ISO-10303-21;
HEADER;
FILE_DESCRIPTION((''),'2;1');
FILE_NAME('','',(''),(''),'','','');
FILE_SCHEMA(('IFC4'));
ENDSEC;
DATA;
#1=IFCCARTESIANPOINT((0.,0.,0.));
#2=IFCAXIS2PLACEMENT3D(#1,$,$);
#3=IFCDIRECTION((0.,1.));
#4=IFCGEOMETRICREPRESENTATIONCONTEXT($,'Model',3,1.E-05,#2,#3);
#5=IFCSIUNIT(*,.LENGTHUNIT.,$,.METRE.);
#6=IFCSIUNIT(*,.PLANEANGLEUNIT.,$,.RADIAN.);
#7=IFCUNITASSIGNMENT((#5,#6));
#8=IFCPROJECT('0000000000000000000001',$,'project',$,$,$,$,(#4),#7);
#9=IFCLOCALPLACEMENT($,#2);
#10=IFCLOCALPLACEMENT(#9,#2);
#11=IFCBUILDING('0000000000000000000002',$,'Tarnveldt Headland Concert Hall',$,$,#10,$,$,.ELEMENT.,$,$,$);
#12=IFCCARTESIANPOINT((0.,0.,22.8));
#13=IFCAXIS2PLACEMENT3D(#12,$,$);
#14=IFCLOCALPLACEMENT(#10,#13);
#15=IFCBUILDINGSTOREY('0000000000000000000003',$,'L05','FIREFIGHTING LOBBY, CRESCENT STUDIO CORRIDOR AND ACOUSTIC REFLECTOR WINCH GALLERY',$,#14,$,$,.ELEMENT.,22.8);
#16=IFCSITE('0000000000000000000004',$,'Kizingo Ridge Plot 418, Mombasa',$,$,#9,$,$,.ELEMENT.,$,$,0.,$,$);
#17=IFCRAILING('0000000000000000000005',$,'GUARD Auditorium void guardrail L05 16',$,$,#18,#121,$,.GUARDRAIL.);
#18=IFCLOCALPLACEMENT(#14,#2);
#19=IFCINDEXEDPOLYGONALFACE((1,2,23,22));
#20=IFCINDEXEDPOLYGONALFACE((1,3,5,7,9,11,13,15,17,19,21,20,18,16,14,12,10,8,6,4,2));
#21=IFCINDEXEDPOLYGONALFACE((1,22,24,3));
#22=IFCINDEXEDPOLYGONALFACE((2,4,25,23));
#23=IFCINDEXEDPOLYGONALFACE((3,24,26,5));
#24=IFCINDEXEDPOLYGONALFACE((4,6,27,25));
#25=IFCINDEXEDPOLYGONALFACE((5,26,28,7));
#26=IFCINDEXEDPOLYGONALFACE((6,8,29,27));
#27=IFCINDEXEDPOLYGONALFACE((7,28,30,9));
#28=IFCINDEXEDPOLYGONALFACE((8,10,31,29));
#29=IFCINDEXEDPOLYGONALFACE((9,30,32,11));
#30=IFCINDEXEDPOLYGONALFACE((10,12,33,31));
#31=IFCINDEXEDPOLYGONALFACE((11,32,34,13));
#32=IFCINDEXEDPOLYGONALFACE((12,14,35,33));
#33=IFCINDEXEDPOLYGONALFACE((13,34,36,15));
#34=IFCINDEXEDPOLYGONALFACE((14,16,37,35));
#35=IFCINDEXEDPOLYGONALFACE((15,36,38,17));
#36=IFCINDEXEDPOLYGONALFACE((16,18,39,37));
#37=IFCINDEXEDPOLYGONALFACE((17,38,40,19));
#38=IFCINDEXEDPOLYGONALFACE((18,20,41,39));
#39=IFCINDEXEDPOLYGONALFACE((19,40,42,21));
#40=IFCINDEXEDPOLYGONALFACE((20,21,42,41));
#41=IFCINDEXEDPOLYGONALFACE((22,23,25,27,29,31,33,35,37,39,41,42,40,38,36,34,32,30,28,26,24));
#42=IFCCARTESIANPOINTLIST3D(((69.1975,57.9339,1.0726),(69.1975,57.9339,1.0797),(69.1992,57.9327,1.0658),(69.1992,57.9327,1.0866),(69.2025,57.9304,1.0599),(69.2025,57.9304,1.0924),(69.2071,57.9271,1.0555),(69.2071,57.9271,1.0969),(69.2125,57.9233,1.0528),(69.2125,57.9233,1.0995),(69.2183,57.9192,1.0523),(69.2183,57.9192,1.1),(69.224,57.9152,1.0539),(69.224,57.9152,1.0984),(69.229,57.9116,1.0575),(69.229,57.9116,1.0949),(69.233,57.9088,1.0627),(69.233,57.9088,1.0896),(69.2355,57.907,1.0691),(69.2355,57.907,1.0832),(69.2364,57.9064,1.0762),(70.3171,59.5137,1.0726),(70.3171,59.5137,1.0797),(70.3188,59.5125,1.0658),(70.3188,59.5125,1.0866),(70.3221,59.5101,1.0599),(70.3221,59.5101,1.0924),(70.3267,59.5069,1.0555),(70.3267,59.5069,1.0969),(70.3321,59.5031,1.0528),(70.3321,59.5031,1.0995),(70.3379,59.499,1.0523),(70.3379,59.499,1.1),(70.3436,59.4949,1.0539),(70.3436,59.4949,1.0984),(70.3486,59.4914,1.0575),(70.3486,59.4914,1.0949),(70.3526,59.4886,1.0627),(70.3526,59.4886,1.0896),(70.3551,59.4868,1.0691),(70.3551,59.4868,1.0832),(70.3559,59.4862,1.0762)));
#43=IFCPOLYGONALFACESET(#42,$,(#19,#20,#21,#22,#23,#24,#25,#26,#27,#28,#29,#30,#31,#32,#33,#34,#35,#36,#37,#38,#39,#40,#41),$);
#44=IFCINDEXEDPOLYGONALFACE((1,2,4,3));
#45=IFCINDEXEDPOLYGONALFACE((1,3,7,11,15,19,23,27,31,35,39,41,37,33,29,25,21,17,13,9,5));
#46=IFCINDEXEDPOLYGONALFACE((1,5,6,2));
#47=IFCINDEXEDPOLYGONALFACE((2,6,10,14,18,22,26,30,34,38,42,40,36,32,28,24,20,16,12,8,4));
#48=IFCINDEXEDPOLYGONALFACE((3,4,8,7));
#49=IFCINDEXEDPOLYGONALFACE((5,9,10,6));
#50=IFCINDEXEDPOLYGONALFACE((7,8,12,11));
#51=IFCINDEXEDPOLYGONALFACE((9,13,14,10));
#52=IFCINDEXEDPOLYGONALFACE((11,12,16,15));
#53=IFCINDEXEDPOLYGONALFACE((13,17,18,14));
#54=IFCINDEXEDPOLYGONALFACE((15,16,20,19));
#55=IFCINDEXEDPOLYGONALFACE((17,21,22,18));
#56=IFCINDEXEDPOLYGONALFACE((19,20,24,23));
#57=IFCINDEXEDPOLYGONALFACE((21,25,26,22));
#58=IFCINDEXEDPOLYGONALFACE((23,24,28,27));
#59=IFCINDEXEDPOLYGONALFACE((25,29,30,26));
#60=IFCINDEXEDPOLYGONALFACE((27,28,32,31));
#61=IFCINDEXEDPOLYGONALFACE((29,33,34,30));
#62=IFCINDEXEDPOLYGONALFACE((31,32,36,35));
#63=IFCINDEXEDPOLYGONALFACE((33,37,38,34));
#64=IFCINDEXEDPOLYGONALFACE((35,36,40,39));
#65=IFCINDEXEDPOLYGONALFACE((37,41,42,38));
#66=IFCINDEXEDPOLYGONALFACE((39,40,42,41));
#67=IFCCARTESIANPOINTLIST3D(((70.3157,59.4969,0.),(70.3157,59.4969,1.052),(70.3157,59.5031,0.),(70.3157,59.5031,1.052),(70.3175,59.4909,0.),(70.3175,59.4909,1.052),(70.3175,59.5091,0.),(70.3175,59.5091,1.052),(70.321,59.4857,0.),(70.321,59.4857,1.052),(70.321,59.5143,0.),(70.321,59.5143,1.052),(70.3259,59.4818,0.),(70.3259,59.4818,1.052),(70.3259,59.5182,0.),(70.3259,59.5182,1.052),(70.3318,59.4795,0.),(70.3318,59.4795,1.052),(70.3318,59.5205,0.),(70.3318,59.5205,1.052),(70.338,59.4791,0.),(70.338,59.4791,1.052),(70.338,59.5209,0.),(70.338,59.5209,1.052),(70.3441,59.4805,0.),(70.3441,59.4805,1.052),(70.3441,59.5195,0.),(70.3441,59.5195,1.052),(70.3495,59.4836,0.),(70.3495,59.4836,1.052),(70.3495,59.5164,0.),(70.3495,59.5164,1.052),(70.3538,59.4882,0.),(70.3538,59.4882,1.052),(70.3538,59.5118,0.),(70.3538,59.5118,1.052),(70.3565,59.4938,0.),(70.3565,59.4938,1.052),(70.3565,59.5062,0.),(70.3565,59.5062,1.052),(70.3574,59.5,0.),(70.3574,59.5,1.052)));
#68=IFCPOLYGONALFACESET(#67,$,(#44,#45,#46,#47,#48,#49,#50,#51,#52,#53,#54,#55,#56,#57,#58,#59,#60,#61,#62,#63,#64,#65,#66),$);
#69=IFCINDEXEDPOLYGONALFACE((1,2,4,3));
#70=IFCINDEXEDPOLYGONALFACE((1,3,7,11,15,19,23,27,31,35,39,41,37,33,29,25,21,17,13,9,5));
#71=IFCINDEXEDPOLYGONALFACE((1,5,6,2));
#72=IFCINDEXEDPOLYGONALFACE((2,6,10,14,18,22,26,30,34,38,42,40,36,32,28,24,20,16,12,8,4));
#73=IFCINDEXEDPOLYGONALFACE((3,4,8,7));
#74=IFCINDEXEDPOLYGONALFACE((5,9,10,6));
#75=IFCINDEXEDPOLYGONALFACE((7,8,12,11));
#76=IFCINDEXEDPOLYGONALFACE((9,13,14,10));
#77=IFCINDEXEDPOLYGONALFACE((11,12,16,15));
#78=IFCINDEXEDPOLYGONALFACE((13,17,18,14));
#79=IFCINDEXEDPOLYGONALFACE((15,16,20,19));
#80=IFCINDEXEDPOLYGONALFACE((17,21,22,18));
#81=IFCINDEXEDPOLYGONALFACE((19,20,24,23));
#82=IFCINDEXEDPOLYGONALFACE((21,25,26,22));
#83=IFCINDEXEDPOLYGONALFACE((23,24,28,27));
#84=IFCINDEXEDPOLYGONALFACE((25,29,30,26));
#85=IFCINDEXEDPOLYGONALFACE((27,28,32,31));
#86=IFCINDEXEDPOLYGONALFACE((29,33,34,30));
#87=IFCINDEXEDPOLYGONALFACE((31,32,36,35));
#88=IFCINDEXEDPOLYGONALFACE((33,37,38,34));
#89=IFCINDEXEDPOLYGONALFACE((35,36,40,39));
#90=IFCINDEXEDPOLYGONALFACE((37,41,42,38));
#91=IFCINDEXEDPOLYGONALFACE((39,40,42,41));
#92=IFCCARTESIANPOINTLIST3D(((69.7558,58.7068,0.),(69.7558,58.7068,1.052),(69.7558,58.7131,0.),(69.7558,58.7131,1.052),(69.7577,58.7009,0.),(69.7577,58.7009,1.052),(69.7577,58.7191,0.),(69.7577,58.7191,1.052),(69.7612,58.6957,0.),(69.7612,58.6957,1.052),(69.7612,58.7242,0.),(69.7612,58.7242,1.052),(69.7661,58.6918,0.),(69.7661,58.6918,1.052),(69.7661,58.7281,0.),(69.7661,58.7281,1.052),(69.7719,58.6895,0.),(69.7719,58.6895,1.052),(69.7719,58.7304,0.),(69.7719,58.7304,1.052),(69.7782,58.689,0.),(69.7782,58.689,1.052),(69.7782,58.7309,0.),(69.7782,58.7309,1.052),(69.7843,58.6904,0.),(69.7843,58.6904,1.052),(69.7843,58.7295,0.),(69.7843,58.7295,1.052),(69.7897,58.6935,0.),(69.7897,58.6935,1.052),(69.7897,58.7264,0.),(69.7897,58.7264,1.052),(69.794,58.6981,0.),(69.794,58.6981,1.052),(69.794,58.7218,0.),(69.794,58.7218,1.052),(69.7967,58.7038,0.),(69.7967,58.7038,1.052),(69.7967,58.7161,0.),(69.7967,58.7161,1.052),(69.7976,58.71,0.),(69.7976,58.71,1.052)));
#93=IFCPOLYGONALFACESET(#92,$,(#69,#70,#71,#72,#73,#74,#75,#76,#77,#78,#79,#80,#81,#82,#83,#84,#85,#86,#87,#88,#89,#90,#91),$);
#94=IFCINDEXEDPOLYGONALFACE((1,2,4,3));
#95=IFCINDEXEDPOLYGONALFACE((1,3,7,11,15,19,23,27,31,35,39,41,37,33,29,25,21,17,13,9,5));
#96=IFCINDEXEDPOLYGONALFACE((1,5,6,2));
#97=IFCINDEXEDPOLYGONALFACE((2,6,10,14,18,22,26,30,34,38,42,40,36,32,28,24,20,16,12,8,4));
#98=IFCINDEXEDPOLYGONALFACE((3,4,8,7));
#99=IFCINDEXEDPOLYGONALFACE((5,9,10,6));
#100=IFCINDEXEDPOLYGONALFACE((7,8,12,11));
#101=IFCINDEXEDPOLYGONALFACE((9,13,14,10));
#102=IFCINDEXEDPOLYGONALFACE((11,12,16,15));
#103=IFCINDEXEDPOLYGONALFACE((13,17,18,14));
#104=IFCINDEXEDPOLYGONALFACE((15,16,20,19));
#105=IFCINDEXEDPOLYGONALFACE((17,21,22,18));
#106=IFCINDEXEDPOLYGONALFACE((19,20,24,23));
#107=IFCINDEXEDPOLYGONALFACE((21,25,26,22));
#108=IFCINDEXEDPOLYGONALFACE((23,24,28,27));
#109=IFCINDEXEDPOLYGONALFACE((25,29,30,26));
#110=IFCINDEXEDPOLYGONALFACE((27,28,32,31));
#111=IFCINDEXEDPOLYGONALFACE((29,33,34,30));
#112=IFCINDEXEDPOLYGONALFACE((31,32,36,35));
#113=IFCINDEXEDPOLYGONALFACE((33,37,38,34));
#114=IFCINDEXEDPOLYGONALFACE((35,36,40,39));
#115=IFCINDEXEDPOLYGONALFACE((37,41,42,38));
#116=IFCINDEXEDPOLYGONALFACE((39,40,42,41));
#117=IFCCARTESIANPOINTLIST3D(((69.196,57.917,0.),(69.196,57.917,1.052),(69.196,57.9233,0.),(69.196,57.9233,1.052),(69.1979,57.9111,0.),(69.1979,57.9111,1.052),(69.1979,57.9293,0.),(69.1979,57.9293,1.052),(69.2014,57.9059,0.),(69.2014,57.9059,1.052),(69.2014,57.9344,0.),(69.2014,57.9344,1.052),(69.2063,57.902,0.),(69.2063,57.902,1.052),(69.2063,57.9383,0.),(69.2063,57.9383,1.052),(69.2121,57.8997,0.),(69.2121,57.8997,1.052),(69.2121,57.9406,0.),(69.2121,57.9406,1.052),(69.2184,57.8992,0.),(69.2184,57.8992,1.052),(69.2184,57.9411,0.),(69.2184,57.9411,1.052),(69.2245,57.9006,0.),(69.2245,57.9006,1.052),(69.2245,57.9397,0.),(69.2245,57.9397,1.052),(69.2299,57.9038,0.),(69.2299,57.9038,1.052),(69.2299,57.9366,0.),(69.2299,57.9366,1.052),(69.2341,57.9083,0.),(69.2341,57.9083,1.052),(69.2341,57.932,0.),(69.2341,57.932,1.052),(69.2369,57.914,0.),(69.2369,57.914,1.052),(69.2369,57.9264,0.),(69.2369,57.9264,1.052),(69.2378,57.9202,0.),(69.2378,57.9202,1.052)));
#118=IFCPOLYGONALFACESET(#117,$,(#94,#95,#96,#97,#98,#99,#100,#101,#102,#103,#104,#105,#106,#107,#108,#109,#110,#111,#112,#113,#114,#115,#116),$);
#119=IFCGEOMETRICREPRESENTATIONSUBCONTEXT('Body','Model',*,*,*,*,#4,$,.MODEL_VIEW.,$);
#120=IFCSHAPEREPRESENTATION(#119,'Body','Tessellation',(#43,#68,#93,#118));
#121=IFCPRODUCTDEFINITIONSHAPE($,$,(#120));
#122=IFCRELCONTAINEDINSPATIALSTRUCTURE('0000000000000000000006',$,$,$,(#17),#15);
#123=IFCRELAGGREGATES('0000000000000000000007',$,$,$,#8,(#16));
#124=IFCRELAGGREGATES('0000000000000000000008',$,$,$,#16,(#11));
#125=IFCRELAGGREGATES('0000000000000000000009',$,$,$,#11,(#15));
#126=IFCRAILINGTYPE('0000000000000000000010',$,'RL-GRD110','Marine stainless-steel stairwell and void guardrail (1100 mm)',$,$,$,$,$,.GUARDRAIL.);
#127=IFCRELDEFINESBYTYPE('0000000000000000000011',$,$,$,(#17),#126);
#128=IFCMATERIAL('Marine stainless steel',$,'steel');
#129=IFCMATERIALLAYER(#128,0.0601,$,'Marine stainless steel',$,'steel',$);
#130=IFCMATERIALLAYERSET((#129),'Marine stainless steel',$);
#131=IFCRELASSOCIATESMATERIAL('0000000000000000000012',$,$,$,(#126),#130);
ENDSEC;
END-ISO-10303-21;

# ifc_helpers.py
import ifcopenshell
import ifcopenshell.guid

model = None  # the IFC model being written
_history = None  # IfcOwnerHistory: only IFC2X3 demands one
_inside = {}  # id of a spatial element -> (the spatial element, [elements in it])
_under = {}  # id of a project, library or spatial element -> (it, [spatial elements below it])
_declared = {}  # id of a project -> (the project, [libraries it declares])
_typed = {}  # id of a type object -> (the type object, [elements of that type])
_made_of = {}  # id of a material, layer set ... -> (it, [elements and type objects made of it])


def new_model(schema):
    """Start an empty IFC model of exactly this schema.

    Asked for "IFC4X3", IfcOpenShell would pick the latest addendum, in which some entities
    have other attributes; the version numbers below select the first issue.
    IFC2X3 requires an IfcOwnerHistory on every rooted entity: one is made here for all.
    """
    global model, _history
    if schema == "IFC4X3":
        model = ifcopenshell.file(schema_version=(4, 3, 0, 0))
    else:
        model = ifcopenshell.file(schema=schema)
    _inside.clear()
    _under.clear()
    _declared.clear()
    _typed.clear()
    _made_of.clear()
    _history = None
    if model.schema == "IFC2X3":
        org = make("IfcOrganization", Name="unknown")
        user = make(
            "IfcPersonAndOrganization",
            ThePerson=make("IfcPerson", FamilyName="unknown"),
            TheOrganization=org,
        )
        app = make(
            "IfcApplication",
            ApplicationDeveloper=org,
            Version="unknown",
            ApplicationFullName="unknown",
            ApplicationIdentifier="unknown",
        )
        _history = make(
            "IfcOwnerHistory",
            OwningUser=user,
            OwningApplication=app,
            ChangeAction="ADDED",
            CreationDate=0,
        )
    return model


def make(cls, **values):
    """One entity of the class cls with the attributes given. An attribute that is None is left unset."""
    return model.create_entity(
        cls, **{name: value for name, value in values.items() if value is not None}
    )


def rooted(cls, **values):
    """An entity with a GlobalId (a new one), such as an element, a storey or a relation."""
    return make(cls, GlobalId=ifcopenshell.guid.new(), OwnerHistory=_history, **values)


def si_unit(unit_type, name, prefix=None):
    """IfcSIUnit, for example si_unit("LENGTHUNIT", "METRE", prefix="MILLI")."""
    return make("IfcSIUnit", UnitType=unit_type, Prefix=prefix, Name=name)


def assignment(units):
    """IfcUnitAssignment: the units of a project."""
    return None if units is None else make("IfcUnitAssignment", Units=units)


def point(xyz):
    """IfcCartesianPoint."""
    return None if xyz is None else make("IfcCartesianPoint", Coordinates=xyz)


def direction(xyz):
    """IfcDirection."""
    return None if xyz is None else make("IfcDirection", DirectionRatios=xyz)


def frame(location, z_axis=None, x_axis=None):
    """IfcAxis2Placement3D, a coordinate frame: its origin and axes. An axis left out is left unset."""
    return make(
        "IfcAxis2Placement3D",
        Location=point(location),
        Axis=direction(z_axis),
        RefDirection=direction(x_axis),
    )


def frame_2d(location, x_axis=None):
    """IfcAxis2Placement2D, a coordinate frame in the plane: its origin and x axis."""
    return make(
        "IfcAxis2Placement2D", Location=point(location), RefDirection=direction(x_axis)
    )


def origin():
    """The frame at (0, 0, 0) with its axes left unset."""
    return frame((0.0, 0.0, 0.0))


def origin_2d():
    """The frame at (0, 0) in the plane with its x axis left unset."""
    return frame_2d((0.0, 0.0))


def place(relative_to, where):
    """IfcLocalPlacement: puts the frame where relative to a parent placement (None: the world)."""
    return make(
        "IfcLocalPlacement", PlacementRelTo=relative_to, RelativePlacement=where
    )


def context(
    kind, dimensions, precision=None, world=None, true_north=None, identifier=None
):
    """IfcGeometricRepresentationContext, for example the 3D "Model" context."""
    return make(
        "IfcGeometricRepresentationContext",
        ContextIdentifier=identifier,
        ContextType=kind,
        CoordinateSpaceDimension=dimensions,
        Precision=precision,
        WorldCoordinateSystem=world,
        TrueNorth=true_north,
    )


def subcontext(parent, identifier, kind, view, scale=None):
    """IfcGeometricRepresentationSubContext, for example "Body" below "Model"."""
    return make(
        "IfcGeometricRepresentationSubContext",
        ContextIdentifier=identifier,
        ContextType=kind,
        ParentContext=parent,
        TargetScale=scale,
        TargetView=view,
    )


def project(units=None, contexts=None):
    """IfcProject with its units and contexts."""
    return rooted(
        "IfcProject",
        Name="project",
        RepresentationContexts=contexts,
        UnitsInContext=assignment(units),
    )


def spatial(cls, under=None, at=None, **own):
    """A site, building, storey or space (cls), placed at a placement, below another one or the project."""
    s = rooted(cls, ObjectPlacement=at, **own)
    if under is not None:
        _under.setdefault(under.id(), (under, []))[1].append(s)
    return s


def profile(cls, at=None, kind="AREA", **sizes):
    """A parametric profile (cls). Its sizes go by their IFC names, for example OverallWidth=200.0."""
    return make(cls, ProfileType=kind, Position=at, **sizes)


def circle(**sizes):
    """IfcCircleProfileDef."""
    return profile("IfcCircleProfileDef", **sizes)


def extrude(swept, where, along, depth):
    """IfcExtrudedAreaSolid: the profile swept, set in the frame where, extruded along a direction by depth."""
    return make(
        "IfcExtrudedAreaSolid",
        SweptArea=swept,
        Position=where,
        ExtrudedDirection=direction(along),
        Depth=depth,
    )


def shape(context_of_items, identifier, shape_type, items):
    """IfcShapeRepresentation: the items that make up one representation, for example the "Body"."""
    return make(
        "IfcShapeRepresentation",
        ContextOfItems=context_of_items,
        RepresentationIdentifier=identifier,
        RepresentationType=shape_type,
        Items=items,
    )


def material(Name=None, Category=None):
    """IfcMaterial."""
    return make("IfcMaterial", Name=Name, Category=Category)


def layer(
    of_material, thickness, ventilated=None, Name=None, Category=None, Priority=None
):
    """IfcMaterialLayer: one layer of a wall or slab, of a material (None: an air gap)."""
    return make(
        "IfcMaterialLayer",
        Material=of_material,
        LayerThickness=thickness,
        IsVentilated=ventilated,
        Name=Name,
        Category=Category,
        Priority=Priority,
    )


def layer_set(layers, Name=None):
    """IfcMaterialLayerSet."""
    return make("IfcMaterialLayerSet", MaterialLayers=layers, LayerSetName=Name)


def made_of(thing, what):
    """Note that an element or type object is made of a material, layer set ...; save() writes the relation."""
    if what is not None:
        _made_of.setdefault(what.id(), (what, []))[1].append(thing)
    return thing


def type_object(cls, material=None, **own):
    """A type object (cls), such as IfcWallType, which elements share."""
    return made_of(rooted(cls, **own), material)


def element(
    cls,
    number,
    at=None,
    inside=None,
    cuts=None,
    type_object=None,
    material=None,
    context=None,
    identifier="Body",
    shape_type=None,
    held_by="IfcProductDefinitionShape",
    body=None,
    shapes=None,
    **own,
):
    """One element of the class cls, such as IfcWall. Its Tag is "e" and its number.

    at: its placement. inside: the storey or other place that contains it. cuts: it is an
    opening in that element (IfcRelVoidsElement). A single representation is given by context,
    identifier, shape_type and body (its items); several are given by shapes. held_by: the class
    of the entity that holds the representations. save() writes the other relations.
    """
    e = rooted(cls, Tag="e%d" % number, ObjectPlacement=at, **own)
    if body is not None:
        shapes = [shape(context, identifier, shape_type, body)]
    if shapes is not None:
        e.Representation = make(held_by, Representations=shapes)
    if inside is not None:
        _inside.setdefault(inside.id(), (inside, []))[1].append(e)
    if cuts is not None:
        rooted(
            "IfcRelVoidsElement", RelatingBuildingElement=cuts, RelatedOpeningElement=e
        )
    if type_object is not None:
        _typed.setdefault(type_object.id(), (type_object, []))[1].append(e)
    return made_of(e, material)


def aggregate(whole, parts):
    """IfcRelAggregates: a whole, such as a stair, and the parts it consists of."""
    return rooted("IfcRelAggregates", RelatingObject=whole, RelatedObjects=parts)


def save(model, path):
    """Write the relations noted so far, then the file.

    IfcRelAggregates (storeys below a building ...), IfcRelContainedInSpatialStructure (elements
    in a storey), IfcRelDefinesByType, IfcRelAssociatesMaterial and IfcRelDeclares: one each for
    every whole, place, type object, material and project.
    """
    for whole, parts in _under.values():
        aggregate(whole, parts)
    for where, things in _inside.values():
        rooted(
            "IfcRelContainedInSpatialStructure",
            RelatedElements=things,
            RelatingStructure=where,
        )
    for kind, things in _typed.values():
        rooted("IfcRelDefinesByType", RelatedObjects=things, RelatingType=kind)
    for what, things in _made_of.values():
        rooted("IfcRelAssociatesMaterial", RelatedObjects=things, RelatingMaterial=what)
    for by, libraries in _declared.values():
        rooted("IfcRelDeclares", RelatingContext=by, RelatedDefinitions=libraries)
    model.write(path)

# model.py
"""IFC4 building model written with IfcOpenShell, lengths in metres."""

from ifc_helpers import new_model, si_unit, direction, frame, origin, origin_2d, place, context, subcontext, project, spatial, circle, extrude, material, layer, layer_set, type_object, element, save


model = new_model("IFC4")

# Units and contexts
model_context = context("Model", 3, precision=1e-05, world=origin(), true_north=direction((0.0, 1.0)))
body_context = subcontext(model_context, "Body", "Model", "MODEL_VIEW")
ifc_project = project(units=[si_unit("LENGTHUNIT", "METRE"), si_unit("PLANEANGLEUNIT", "RADIAN")], contexts=[model_context])

# Site, building, storey
site_placement = place(None, origin())
site = spatial("IfcSite", under=ifc_project, at=site_placement, Name="Kizingo Ridge Plot 418, Mombasa", CompositionType="ELEMENT", RefElevation=0.0)
building_placement = place(site_placement, origin())
building = spatial("IfcBuilding", under=site, at=building_placement, Name="Tarnveldt Headland Concert Hall", CompositionType="ELEMENT")
storey_placement = place(building_placement, frame((0.0, 0.0, 22.8)))
storey = spatial("IfcBuildingStorey", under=building, at=storey_placement, Name="L05", Description="FIREFIGHTING LOBBY, CRESCENT STUDIO CORRIDOR AND ACOUSTIC REFLECTOR WINCH GALLERY", CompositionType="ELEMENT", Elevation=22.8)

# Railing
ifc_material_1 = material(Name="Marine stainless steel", Category="steel")
ifc_layer_1 = layer(ifc_material_1, 0.0601, Name="Marine stainless steel", Category="steel")
ifc_layer_set_1 = layer_set([ifc_layer_1], Name="Marine stainless steel")
railing_type = type_object("IfcRailingType", Name="RL-GRD110", Description="Marine stainless-steel stairwell and void guardrail (1100 mm)", PredefinedType="GUARDRAIL", material=ifc_layer_set_1)
railing_1_placement = place(storey_placement, frame((70.3364, 59.5, 0.0)))
element("IfcRailing", 1, at=railing_1_placement, inside=storey, type_object=railing_type, Name="GUARD Auditorium void guardrail L05 16", PredefinedType="GUARDRAIL", context=body_context, shape_type="SweptSolid", body=[
    extrude(circle(Radius=0.0239, at=origin_2d()), frame((0.0, 0.0, 1.0762), z_axis=(-0.578217, -0.815883, 0.0), x_axis=(0.815883, -0.578217, 0.0)), (0.0, 0.0, 1.0), 1.9363),
    extrude(circle(Radius=0.021, at=origin_2d()), origin(), (0.0, 0.0, 1.0), 1.052),
    extrude(circle(Radius=0.021, at=origin_2d()), frame((-0.5598, -0.79, 0.0)), (0.0, 0.0, 1.0), 1.052),
    extrude(circle(Radius=0.021, at=origin_2d()), frame((-1.1196, -1.5798, 0.0)), (0.0, 0.0, 1.0), 1.052),
])

save(model, "model.ifc")
